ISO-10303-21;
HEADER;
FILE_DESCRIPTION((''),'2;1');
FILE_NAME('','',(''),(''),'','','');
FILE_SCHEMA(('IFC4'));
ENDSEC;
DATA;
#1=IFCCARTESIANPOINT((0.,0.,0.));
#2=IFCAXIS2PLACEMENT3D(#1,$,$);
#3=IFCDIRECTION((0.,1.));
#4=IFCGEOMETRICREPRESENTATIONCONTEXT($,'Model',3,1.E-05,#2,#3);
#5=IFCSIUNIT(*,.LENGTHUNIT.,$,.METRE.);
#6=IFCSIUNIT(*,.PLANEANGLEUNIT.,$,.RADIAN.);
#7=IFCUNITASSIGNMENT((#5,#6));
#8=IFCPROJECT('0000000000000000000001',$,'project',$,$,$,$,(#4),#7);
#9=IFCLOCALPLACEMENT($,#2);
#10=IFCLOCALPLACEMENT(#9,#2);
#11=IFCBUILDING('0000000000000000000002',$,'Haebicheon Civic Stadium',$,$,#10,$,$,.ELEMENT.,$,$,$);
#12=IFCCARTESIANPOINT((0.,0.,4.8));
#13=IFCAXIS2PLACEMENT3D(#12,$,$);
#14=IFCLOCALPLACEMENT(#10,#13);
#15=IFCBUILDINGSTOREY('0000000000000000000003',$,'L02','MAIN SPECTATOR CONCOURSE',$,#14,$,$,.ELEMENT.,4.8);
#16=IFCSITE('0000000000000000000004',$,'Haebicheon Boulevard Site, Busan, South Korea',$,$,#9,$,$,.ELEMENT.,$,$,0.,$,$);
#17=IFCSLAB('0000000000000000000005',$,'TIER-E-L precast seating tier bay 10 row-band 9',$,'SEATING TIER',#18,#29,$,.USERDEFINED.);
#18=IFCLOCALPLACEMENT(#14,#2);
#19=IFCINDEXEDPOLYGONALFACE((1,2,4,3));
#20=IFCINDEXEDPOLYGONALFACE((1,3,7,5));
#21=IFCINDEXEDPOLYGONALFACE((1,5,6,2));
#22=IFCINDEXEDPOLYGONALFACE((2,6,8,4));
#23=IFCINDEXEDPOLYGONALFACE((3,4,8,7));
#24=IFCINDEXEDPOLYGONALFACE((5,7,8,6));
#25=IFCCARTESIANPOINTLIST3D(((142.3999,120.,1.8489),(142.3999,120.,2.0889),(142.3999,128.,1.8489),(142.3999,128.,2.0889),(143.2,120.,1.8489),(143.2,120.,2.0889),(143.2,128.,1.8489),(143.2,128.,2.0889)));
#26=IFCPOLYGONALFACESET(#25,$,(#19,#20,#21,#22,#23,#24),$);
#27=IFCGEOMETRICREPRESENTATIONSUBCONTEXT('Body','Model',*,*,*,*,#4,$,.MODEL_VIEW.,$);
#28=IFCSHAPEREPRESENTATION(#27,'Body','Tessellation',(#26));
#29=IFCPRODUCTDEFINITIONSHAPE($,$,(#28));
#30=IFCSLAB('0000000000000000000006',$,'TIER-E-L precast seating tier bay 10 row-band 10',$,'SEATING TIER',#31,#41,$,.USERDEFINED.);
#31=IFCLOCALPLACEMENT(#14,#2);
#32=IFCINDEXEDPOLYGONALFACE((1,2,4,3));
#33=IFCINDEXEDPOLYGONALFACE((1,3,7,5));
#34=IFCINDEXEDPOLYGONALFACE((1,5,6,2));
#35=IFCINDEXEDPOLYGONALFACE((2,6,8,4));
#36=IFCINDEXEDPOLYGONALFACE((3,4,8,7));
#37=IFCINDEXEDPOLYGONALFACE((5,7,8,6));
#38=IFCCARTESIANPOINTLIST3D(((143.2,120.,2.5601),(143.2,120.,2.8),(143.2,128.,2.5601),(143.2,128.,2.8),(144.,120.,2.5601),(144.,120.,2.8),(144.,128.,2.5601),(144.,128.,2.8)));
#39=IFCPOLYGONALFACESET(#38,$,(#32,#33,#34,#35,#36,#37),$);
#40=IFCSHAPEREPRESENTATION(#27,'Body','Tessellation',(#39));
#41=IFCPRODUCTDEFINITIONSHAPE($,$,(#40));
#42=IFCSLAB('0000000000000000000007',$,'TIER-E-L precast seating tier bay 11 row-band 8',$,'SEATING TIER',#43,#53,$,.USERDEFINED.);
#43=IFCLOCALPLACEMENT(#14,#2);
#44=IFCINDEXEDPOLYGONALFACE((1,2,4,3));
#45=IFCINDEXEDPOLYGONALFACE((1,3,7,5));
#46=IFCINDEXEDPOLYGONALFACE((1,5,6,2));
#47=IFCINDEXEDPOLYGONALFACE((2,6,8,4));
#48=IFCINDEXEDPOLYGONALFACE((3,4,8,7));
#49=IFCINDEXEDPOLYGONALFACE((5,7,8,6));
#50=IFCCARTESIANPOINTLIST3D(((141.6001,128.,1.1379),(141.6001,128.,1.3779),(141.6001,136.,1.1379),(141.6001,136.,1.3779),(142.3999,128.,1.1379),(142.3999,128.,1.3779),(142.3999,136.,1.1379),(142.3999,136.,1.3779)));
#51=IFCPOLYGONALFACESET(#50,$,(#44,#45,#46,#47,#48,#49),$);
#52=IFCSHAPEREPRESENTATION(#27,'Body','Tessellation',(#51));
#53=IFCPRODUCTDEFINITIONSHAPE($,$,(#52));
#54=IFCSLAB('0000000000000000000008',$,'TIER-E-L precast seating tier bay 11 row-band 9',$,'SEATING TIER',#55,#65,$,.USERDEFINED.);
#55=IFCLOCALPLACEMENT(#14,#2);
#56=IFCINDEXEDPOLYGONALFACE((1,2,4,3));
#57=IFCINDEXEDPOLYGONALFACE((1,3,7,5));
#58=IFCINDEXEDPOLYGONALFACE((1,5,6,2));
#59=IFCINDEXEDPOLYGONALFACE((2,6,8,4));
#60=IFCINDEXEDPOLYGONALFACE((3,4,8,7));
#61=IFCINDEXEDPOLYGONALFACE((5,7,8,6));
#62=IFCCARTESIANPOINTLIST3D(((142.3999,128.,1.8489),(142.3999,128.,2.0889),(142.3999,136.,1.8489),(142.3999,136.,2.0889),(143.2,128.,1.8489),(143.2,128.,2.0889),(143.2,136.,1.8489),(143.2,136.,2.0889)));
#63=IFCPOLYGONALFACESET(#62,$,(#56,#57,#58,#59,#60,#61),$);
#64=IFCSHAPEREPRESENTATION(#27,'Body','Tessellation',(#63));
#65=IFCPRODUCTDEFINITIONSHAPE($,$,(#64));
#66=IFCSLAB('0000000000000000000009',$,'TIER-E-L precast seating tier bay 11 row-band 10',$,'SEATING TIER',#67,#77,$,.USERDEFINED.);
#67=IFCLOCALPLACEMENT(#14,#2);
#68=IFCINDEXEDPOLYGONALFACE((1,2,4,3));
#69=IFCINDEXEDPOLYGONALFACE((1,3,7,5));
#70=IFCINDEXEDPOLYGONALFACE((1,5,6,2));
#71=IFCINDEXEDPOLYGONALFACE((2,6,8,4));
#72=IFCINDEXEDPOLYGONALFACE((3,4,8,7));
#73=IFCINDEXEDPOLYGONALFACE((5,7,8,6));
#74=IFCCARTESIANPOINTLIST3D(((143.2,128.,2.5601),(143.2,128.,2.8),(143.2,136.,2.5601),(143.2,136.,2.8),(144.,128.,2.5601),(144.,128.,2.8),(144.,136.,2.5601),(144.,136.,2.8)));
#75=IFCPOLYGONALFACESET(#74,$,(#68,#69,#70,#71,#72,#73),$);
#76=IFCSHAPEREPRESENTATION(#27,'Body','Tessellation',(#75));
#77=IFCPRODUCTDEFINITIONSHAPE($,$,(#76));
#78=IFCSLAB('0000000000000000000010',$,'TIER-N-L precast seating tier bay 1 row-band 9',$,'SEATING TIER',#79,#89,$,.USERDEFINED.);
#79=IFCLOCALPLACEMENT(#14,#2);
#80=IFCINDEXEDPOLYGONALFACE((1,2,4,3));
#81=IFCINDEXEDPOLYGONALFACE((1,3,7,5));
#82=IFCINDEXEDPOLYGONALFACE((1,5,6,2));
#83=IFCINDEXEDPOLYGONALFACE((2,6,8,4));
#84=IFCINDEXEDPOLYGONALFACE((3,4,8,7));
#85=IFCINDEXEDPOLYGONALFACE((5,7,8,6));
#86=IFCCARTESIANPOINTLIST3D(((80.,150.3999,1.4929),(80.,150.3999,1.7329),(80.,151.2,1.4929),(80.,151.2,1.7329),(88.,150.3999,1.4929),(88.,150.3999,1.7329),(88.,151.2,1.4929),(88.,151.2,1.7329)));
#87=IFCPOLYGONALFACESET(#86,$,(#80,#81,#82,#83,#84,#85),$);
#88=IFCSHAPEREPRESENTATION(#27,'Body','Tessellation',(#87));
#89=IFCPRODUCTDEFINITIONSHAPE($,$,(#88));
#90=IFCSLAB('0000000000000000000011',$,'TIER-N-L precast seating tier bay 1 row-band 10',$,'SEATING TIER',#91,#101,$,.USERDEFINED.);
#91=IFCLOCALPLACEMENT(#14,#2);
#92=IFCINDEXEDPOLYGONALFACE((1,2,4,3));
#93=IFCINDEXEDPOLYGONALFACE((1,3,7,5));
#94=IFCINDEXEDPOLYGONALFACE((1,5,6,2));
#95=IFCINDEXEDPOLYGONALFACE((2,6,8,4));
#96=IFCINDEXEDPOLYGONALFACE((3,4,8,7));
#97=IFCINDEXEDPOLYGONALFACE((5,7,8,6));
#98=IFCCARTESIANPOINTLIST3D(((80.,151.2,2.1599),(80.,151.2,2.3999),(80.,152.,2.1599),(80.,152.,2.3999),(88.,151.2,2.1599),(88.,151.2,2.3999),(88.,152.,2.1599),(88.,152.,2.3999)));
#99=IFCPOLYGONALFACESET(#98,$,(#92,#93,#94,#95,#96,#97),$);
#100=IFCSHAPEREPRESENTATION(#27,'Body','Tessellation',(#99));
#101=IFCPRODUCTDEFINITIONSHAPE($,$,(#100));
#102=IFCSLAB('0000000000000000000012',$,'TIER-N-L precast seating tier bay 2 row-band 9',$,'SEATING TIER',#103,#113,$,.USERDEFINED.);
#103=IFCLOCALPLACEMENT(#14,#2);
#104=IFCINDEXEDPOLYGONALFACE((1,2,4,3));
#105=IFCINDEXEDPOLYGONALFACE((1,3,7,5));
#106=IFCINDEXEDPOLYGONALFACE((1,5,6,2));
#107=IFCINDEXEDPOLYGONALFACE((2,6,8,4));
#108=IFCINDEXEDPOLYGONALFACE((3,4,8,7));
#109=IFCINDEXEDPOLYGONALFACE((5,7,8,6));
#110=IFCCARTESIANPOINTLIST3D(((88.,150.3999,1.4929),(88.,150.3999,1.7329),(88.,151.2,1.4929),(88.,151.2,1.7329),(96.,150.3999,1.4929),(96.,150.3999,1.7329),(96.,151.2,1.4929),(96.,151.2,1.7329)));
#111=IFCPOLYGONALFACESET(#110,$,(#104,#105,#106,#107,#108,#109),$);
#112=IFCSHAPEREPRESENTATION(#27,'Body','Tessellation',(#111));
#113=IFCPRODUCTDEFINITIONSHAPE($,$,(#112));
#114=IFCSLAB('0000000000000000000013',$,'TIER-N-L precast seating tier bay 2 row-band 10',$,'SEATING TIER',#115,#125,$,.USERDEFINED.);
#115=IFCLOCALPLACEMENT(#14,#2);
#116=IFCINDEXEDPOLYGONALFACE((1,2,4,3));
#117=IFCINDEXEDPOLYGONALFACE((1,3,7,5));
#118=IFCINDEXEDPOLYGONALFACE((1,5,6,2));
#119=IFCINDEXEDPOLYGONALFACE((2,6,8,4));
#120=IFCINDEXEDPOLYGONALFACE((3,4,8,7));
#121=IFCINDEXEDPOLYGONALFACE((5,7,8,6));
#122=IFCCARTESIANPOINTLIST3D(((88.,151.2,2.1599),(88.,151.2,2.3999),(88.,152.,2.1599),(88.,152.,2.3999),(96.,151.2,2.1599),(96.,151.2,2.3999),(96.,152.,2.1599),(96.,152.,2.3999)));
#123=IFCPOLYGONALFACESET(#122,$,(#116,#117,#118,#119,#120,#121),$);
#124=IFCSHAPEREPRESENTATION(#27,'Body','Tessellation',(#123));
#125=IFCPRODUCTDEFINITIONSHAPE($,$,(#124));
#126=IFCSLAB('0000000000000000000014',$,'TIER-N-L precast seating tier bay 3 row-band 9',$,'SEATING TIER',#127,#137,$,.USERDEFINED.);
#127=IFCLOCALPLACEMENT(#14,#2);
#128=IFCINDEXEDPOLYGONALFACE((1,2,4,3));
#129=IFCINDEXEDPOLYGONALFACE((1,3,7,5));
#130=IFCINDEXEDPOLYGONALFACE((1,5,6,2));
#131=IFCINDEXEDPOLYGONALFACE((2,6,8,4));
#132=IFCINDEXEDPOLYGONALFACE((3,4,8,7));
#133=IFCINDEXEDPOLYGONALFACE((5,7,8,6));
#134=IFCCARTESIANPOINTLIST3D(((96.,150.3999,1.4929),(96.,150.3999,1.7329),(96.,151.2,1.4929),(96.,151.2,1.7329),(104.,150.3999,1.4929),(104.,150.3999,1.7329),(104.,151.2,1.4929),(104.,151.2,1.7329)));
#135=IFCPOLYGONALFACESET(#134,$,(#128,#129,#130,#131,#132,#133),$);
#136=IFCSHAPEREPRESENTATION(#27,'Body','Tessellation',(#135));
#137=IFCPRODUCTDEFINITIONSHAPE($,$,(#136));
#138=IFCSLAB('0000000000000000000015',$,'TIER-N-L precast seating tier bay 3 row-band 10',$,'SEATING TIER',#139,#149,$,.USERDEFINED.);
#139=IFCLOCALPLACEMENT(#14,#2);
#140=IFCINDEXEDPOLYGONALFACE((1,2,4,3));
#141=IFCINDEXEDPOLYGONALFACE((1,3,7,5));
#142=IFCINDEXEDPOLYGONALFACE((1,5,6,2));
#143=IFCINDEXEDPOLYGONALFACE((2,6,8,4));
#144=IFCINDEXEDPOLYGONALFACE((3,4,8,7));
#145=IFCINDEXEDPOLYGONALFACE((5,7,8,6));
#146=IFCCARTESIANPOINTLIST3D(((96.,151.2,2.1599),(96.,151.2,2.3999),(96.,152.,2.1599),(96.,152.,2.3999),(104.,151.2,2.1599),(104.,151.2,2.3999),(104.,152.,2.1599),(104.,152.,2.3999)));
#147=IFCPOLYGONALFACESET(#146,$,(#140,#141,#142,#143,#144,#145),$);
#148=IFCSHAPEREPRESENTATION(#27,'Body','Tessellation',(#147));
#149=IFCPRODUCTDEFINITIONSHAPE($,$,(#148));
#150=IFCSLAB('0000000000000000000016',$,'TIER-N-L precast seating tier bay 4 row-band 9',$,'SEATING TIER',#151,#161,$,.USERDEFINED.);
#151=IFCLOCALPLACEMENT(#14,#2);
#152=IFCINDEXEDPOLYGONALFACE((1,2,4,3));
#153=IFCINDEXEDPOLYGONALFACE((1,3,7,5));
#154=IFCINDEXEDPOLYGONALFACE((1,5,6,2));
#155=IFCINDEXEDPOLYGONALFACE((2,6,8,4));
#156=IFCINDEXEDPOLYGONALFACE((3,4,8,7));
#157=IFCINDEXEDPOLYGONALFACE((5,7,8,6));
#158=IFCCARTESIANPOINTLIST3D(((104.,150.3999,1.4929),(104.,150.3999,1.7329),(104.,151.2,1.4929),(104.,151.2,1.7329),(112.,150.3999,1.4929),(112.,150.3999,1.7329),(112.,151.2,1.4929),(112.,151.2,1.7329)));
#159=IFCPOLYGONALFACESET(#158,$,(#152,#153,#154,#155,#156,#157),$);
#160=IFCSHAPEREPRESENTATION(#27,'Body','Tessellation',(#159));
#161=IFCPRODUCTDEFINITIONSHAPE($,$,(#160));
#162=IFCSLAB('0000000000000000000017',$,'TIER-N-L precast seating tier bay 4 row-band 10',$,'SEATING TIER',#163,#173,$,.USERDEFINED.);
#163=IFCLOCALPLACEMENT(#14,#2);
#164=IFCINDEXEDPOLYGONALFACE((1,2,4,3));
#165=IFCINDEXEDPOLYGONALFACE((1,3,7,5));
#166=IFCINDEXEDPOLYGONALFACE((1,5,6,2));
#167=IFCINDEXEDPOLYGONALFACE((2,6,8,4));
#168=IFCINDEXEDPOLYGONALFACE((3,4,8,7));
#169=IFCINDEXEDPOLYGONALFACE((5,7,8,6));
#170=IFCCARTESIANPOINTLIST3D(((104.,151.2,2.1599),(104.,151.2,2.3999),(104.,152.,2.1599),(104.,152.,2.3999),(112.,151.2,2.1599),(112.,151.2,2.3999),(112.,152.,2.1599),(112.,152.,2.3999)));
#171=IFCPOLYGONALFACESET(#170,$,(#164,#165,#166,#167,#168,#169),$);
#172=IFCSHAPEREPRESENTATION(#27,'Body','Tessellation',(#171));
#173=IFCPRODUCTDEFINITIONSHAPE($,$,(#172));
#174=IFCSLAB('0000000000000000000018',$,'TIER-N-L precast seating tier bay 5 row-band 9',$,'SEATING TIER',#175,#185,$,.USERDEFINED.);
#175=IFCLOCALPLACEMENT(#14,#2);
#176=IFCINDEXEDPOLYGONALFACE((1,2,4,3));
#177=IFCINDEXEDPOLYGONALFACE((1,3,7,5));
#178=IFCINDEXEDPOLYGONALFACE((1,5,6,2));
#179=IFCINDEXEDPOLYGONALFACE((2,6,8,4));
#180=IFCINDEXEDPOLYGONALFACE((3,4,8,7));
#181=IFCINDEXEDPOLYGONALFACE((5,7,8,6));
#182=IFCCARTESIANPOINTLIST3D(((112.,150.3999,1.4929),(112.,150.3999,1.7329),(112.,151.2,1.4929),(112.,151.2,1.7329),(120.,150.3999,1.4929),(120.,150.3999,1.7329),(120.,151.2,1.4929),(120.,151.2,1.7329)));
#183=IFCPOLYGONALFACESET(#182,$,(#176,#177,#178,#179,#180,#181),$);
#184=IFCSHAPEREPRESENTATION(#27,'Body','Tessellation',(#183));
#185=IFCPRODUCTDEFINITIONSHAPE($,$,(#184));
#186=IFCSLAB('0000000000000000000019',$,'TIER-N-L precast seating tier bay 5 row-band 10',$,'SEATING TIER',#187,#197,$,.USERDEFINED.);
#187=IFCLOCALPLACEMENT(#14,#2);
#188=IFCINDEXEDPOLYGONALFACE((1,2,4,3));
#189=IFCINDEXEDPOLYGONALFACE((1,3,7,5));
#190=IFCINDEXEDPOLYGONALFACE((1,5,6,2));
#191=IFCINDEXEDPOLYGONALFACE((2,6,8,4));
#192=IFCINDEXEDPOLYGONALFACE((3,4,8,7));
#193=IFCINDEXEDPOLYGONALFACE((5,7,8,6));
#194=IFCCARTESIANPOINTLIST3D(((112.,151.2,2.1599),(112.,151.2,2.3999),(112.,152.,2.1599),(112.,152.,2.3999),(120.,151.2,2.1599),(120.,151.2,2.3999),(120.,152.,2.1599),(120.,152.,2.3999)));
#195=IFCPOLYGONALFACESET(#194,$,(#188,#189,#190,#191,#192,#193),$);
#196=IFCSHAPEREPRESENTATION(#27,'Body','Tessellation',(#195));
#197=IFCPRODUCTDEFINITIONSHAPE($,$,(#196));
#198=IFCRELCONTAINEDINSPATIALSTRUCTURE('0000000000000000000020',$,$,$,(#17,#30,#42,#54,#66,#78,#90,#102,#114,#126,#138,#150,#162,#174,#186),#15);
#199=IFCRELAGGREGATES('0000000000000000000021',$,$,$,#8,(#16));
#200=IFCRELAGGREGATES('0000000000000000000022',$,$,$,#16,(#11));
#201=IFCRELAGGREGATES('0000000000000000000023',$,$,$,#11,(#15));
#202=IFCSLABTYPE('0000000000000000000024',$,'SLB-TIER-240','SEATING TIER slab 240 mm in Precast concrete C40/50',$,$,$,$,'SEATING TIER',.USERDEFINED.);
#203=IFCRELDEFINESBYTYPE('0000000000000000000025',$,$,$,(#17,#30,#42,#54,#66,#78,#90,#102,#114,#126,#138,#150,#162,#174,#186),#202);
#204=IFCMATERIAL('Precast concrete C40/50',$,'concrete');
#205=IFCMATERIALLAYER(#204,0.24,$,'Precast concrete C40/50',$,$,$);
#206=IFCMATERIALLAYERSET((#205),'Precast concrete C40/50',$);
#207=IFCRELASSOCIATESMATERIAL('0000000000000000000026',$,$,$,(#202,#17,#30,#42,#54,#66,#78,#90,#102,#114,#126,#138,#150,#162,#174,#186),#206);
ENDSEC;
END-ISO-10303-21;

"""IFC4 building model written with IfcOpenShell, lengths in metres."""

from ifc_helpers import new_model, si_unit, direction, frame, origin, place, context, subcontext, project, spatial, polyline, outline, extrude, material, layer, layer_set, type_object, element, save


model = new_model("IFC4")

# Units and contexts
model_context = context("Model", 3, precision=1e-05, world=origin(), true_north=direction((0.0, 1.0)))
body_context = subcontext(model_context, "Body", "Model", "MODEL_VIEW")
ifc_project = project(units=[si_unit("LENGTHUNIT", "METRE"), si_unit("PLANEANGLEUNIT", "RADIAN")], contexts=[model_context])

# Site, building, storey
site_placement = place(None, origin())
site = spatial("IfcSite", under=ifc_project, at=site_placement, Name="Haebicheon Boulevard Site, Busan, South Korea", CompositionType="ELEMENT", RefElevation=0.0)
building_placement = place(site_placement, origin())
building = spatial("IfcBuilding", under=site, at=building_placement, Name="Haebicheon Civic Stadium", CompositionType="ELEMENT")
storey_placement = place(building_placement, frame((0.0, 0.0, 4.8)))
storey = spatial("IfcBuildingStorey", under=building, at=storey_placement, Name="L02", Description="MAIN SPECTATOR CONCOURSE", CompositionType="ELEMENT", Elevation=4.8)

# Slabs
ifc_material = material(Name="Precast concrete C40/50", Category="concrete")
ifc_layer = layer(ifc_material, 0.24, Name="Precast concrete C40/50")
ifc_layer_set = layer_set([ifc_layer], Name="Precast concrete C40/50")
slab_type = type_object("IfcSlabType", Name="SLB-TIER-240", Description="SEATING TIER slab 240 mm in Precast concrete C40/50", ElementType="SEATING TIER", PredefinedType="USERDEFINED", material=ifc_layer_set)
slab_1_placement = place(storey_placement, frame((0.0, 0.0, 1.8489)))
element("IfcSlab", 1, at=slab_1_placement, inside=storey, type_object=slab_type, material=ifc_layer_set, Name="TIER-E-L precast seating tier bay 10 row-band 9", ObjectType="SEATING TIER", PredefinedType="USERDEFINED", context=body_context, shape_type="SweptSolid", body=[
    extrude(outline(polyline([(142.3999, 120.0), (143.2, 120.0), (143.2, 128.0), (142.3999, 128.0), (142.3999, 120.0)])), origin(), (0.0, 0.0, 1.0), 0.24),
])
slab_2_placement = place(storey_placement, frame((0.0, 0.0, 2.5601)))
element("IfcSlab", 2, at=slab_2_placement, inside=storey, type_object=slab_type, material=ifc_layer_set, Name="TIER-E-L precast seating tier bay 10 row-band 10", ObjectType="SEATING TIER", PredefinedType="USERDEFINED", context=body_context, shape_type="SweptSolid", body=[
    extrude(outline(polyline([(143.2, 120.0), (144.0, 120.0), (144.0, 128.0), (143.2, 128.0), (143.2, 120.0)])), origin(), (0.0, 0.0, 1.0), 0.24),
])
slab_3_placement = place(storey_placement, frame((0.0, 0.0, 1.1379)))
element("IfcSlab", 3, at=slab_3_placement, inside=storey, type_object=slab_type, material=ifc_layer_set, Name="TIER-E-L precast seating tier bay 11 row-band 8", ObjectType="SEATING TIER", PredefinedType="USERDEFINED", context=body_context, shape_type="SweptSolid", body=[
    extrude(outline(polyline([(141.6001, 128.0), (142.3999, 128.0), (142.3999, 136.0), (141.6001, 136.0), (141.6001, 128.0)])), origin(), (0.0, 0.0, 1.0), 0.24),
])
slab_4_placement = place(storey_placement, frame((0.0, 0.0, 1.8489)))
element("IfcSlab", 4, at=slab_4_placement, inside=storey, type_object=slab_type, material=ifc_layer_set, Name="TIER-E-L precast seating tier bay 11 row-band 9", ObjectType="SEATING TIER", PredefinedType="USERDEFINED", context=body_context, shape_type="SweptSolid", body=[
    extrude(outline(polyline([(142.3999, 128.0), (143.2, 128.0), (143.2, 136.0), (142.3999, 136.0), (142.3999, 128.0)])), origin(), (0.0, 0.0, 1.0), 0.24),
])
slab_5_placement = place(storey_placement, frame((0.0, 0.0, 2.5601)))
element("IfcSlab", 5, at=slab_5_placement, inside=storey, type_object=slab_type, material=ifc_layer_set, Name="TIER-E-L precast seating tier bay 11 row-band 10", ObjectType="SEATING TIER", PredefinedType="USERDEFINED", context=body_context, shape_type="SweptSolid", body=[
    extrude(outline(polyline([(143.2, 128.0), (144.0, 128.0), (144.0, 136.0), (143.2, 136.0), (143.2, 128.0)])), origin(), (0.0, 0.0, 1.0), 0.24),
])
slab_6_placement = place(storey_placement, frame((0.0, 0.0, 1.4929)))
element("IfcSlab", 6, at=slab_6_placement, inside=storey, type_object=slab_type, material=ifc_layer_set, Name="TIER-N-L precast seating tier bay 1 row-band 9", ObjectType="SEATING TIER", PredefinedType="USERDEFINED", context=body_context, shape_type="SweptSolid", body=[
    extrude(outline(polyline([(80.0, 150.3999), (88.0, 150.3999), (88.0, 151.2), (80.0, 151.2), (80.0, 150.3999)])), origin(), (0.0, 0.0, 1.0), 0.24),
])
slab_7_placement = place(storey_placement, frame((0.0, 0.0, 2.1599)))
element("IfcSlab", 7, at=slab_7_placement, inside=storey, type_object=slab_type, material=ifc_layer_set, Name="TIER-N-L precast seating tier bay 1 row-band 10", ObjectType="SEATING TIER", PredefinedType="USERDEFINED", context=body_context, shape_type="SweptSolid", body=[
    extrude(outline(polyline([(80.0, 151.2), (88.0, 151.2), (88.0, 152.0), (80.0, 152.0), (80.0, 151.2)])), origin(), (0.0, 0.0, 1.0), 0.24),
])
slab_8_placement = place(storey_placement, frame((0.0, 0.0, 1.4929)))
element("IfcSlab", 8, at=slab_8_placement, inside=storey, type_object=slab_type, material=ifc_layer_set, Name="TIER-N-L precast seating tier bay 2 row-band 9", ObjectType="SEATING TIER", PredefinedType="USERDEFINED", context=body_context, shape_type="SweptSolid", body=[
    extrude(outline(polyline([(88.0, 150.3999), (96.0, 150.3999), (96.0, 151.2), (88.0, 151.2), (88.0, 150.3999)])), origin(), (0.0, 0.0, 1.0), 0.24),
])
slab_9_placement = place(storey_placement, frame((0.0, 0.0, 2.1599)))
element("IfcSlab", 9, at=slab_9_placement, inside=storey, type_object=slab_type, material=ifc_layer_set, Name="TIER-N-L precast seating tier bay 2 row-band 10", ObjectType="SEATING TIER", PredefinedType="USERDEFINED", context=body_context, shape_type="SweptSolid", body=[
    extrude(outline(polyline([(88.0, 151.2), (96.0, 151.2), (96.0, 152.0), (88.0, 152.0), (88.0, 151.2)])), origin(), (0.0, 0.0, 1.0), 0.24),
])
slab_10_placement = place(storey_placement, frame((0.0, 0.0, 1.4929)))
element("IfcSlab", 10, at=slab_10_placement, inside=storey, type_object=slab_type, material=ifc_layer_set, Name="TIER-N-L precast seating tier bay 3 row-band 9", ObjectType="SEATING TIER", PredefinedType="USERDEFINED", context=body_context, shape_type="SweptSolid", body=[
    extrude(outline(polyline([(96.0, 150.3999), (104.0, 150.3999), (104.0, 151.2), (96.0, 151.2), (96.0, 150.3999)])), origin(), (0.0, 0.0, 1.0), 0.24),
])
slab_11_placement = place(storey_placement, frame((0.0, 0.0, 2.1599)))
element("IfcSlab", 11, at=slab_11_placement, inside=storey, type_object=slab_type, material=ifc_layer_set, Name="TIER-N-L precast seating tier bay 3 row-band 10", ObjectType="SEATING TIER", PredefinedType="USERDEFINED", context=body_context, shape_type="SweptSolid", body=[
    extrude(outline(polyline([(96.0, 151.2), (104.0, 151.2), (104.0, 152.0), (96.0, 152.0), (96.0, 151.2)])), origin(), (0.0, 0.0, 1.0), 0.24),
])
slab_12_placement = place(storey_placement, frame((0.0, 0.0, 1.4929)))
element("IfcSlab", 12, at=slab_12_placement, inside=storey, type_object=slab_type, material=ifc_layer_set, Name="TIER-N-L precast seating tier bay 4 row-band 9", ObjectType="SEATING TIER", PredefinedType="USERDEFINED", context=body_context, shape_type="SweptSolid", body=[
    extrude(outline(polyline([(104.0, 150.3999), (112.0, 150.3999), (112.0, 151.2), (104.0, 151.2), (104.0, 150.3999)])), origin(), (0.0, 0.0, 1.0), 0.24),
])
slab_13_placement = place(storey_placement, frame((0.0, 0.0, 2.1599)))
element("IfcSlab", 13, at=slab_13_placement, inside=storey, type_object=slab_type, material=ifc_layer_set, Name="TIER-N-L precast seating tier bay 4 row-band 10", ObjectType="SEATING TIER", PredefinedType="USERDEFINED", context=body_context, shape_type="SweptSolid", body=[
    extrude(outline(polyline([(104.0, 151.2), (112.0, 151.2), (112.0, 152.0), (104.0, 152.0), (104.0, 151.2)])), origin(), (0.0, 0.0, 1.0), 0.24),
])
slab_14_placement = place(storey_placement, frame((0.0, 0.0, 1.4929)))
element("IfcSlab", 14, at=slab_14_placement, inside=storey, type_object=slab_type, material=ifc_layer_set, Name="TIER-N-L precast seating tier bay 5 row-band 9", ObjectType="SEATING TIER", PredefinedType="USERDEFINED", context=body_context, shape_type="SweptSolid", body=[
    extrude(outline(polyline([(112.0, 150.3999), (120.0, 150.3999), (120.0, 151.2), (112.0, 151.2), (112.0, 150.3999)])), origin(), (0.0, 0.0, 1.0), 0.24),
])
slab_15_placement = place(storey_placement, frame((0.0, 0.0, 2.1599)))
element("IfcSlab", 15, at=slab_15_placement, inside=storey, type_object=slab_type, material=ifc_layer_set, Name="TIER-N-L precast seating tier bay 5 row-band 10", ObjectType="SEATING TIER", PredefinedType="USERDEFINED", context=body_context, shape_type="SweptSolid", body=[
    extrude(outline(polyline([(112.0, 151.2), (120.0, 151.2), (120.0, 152.0), (112.0, 152.0), (112.0, 151.2)])), origin(), (0.0, 0.0, 1.0), 0.24),
])

save(model, "model.ifc")
